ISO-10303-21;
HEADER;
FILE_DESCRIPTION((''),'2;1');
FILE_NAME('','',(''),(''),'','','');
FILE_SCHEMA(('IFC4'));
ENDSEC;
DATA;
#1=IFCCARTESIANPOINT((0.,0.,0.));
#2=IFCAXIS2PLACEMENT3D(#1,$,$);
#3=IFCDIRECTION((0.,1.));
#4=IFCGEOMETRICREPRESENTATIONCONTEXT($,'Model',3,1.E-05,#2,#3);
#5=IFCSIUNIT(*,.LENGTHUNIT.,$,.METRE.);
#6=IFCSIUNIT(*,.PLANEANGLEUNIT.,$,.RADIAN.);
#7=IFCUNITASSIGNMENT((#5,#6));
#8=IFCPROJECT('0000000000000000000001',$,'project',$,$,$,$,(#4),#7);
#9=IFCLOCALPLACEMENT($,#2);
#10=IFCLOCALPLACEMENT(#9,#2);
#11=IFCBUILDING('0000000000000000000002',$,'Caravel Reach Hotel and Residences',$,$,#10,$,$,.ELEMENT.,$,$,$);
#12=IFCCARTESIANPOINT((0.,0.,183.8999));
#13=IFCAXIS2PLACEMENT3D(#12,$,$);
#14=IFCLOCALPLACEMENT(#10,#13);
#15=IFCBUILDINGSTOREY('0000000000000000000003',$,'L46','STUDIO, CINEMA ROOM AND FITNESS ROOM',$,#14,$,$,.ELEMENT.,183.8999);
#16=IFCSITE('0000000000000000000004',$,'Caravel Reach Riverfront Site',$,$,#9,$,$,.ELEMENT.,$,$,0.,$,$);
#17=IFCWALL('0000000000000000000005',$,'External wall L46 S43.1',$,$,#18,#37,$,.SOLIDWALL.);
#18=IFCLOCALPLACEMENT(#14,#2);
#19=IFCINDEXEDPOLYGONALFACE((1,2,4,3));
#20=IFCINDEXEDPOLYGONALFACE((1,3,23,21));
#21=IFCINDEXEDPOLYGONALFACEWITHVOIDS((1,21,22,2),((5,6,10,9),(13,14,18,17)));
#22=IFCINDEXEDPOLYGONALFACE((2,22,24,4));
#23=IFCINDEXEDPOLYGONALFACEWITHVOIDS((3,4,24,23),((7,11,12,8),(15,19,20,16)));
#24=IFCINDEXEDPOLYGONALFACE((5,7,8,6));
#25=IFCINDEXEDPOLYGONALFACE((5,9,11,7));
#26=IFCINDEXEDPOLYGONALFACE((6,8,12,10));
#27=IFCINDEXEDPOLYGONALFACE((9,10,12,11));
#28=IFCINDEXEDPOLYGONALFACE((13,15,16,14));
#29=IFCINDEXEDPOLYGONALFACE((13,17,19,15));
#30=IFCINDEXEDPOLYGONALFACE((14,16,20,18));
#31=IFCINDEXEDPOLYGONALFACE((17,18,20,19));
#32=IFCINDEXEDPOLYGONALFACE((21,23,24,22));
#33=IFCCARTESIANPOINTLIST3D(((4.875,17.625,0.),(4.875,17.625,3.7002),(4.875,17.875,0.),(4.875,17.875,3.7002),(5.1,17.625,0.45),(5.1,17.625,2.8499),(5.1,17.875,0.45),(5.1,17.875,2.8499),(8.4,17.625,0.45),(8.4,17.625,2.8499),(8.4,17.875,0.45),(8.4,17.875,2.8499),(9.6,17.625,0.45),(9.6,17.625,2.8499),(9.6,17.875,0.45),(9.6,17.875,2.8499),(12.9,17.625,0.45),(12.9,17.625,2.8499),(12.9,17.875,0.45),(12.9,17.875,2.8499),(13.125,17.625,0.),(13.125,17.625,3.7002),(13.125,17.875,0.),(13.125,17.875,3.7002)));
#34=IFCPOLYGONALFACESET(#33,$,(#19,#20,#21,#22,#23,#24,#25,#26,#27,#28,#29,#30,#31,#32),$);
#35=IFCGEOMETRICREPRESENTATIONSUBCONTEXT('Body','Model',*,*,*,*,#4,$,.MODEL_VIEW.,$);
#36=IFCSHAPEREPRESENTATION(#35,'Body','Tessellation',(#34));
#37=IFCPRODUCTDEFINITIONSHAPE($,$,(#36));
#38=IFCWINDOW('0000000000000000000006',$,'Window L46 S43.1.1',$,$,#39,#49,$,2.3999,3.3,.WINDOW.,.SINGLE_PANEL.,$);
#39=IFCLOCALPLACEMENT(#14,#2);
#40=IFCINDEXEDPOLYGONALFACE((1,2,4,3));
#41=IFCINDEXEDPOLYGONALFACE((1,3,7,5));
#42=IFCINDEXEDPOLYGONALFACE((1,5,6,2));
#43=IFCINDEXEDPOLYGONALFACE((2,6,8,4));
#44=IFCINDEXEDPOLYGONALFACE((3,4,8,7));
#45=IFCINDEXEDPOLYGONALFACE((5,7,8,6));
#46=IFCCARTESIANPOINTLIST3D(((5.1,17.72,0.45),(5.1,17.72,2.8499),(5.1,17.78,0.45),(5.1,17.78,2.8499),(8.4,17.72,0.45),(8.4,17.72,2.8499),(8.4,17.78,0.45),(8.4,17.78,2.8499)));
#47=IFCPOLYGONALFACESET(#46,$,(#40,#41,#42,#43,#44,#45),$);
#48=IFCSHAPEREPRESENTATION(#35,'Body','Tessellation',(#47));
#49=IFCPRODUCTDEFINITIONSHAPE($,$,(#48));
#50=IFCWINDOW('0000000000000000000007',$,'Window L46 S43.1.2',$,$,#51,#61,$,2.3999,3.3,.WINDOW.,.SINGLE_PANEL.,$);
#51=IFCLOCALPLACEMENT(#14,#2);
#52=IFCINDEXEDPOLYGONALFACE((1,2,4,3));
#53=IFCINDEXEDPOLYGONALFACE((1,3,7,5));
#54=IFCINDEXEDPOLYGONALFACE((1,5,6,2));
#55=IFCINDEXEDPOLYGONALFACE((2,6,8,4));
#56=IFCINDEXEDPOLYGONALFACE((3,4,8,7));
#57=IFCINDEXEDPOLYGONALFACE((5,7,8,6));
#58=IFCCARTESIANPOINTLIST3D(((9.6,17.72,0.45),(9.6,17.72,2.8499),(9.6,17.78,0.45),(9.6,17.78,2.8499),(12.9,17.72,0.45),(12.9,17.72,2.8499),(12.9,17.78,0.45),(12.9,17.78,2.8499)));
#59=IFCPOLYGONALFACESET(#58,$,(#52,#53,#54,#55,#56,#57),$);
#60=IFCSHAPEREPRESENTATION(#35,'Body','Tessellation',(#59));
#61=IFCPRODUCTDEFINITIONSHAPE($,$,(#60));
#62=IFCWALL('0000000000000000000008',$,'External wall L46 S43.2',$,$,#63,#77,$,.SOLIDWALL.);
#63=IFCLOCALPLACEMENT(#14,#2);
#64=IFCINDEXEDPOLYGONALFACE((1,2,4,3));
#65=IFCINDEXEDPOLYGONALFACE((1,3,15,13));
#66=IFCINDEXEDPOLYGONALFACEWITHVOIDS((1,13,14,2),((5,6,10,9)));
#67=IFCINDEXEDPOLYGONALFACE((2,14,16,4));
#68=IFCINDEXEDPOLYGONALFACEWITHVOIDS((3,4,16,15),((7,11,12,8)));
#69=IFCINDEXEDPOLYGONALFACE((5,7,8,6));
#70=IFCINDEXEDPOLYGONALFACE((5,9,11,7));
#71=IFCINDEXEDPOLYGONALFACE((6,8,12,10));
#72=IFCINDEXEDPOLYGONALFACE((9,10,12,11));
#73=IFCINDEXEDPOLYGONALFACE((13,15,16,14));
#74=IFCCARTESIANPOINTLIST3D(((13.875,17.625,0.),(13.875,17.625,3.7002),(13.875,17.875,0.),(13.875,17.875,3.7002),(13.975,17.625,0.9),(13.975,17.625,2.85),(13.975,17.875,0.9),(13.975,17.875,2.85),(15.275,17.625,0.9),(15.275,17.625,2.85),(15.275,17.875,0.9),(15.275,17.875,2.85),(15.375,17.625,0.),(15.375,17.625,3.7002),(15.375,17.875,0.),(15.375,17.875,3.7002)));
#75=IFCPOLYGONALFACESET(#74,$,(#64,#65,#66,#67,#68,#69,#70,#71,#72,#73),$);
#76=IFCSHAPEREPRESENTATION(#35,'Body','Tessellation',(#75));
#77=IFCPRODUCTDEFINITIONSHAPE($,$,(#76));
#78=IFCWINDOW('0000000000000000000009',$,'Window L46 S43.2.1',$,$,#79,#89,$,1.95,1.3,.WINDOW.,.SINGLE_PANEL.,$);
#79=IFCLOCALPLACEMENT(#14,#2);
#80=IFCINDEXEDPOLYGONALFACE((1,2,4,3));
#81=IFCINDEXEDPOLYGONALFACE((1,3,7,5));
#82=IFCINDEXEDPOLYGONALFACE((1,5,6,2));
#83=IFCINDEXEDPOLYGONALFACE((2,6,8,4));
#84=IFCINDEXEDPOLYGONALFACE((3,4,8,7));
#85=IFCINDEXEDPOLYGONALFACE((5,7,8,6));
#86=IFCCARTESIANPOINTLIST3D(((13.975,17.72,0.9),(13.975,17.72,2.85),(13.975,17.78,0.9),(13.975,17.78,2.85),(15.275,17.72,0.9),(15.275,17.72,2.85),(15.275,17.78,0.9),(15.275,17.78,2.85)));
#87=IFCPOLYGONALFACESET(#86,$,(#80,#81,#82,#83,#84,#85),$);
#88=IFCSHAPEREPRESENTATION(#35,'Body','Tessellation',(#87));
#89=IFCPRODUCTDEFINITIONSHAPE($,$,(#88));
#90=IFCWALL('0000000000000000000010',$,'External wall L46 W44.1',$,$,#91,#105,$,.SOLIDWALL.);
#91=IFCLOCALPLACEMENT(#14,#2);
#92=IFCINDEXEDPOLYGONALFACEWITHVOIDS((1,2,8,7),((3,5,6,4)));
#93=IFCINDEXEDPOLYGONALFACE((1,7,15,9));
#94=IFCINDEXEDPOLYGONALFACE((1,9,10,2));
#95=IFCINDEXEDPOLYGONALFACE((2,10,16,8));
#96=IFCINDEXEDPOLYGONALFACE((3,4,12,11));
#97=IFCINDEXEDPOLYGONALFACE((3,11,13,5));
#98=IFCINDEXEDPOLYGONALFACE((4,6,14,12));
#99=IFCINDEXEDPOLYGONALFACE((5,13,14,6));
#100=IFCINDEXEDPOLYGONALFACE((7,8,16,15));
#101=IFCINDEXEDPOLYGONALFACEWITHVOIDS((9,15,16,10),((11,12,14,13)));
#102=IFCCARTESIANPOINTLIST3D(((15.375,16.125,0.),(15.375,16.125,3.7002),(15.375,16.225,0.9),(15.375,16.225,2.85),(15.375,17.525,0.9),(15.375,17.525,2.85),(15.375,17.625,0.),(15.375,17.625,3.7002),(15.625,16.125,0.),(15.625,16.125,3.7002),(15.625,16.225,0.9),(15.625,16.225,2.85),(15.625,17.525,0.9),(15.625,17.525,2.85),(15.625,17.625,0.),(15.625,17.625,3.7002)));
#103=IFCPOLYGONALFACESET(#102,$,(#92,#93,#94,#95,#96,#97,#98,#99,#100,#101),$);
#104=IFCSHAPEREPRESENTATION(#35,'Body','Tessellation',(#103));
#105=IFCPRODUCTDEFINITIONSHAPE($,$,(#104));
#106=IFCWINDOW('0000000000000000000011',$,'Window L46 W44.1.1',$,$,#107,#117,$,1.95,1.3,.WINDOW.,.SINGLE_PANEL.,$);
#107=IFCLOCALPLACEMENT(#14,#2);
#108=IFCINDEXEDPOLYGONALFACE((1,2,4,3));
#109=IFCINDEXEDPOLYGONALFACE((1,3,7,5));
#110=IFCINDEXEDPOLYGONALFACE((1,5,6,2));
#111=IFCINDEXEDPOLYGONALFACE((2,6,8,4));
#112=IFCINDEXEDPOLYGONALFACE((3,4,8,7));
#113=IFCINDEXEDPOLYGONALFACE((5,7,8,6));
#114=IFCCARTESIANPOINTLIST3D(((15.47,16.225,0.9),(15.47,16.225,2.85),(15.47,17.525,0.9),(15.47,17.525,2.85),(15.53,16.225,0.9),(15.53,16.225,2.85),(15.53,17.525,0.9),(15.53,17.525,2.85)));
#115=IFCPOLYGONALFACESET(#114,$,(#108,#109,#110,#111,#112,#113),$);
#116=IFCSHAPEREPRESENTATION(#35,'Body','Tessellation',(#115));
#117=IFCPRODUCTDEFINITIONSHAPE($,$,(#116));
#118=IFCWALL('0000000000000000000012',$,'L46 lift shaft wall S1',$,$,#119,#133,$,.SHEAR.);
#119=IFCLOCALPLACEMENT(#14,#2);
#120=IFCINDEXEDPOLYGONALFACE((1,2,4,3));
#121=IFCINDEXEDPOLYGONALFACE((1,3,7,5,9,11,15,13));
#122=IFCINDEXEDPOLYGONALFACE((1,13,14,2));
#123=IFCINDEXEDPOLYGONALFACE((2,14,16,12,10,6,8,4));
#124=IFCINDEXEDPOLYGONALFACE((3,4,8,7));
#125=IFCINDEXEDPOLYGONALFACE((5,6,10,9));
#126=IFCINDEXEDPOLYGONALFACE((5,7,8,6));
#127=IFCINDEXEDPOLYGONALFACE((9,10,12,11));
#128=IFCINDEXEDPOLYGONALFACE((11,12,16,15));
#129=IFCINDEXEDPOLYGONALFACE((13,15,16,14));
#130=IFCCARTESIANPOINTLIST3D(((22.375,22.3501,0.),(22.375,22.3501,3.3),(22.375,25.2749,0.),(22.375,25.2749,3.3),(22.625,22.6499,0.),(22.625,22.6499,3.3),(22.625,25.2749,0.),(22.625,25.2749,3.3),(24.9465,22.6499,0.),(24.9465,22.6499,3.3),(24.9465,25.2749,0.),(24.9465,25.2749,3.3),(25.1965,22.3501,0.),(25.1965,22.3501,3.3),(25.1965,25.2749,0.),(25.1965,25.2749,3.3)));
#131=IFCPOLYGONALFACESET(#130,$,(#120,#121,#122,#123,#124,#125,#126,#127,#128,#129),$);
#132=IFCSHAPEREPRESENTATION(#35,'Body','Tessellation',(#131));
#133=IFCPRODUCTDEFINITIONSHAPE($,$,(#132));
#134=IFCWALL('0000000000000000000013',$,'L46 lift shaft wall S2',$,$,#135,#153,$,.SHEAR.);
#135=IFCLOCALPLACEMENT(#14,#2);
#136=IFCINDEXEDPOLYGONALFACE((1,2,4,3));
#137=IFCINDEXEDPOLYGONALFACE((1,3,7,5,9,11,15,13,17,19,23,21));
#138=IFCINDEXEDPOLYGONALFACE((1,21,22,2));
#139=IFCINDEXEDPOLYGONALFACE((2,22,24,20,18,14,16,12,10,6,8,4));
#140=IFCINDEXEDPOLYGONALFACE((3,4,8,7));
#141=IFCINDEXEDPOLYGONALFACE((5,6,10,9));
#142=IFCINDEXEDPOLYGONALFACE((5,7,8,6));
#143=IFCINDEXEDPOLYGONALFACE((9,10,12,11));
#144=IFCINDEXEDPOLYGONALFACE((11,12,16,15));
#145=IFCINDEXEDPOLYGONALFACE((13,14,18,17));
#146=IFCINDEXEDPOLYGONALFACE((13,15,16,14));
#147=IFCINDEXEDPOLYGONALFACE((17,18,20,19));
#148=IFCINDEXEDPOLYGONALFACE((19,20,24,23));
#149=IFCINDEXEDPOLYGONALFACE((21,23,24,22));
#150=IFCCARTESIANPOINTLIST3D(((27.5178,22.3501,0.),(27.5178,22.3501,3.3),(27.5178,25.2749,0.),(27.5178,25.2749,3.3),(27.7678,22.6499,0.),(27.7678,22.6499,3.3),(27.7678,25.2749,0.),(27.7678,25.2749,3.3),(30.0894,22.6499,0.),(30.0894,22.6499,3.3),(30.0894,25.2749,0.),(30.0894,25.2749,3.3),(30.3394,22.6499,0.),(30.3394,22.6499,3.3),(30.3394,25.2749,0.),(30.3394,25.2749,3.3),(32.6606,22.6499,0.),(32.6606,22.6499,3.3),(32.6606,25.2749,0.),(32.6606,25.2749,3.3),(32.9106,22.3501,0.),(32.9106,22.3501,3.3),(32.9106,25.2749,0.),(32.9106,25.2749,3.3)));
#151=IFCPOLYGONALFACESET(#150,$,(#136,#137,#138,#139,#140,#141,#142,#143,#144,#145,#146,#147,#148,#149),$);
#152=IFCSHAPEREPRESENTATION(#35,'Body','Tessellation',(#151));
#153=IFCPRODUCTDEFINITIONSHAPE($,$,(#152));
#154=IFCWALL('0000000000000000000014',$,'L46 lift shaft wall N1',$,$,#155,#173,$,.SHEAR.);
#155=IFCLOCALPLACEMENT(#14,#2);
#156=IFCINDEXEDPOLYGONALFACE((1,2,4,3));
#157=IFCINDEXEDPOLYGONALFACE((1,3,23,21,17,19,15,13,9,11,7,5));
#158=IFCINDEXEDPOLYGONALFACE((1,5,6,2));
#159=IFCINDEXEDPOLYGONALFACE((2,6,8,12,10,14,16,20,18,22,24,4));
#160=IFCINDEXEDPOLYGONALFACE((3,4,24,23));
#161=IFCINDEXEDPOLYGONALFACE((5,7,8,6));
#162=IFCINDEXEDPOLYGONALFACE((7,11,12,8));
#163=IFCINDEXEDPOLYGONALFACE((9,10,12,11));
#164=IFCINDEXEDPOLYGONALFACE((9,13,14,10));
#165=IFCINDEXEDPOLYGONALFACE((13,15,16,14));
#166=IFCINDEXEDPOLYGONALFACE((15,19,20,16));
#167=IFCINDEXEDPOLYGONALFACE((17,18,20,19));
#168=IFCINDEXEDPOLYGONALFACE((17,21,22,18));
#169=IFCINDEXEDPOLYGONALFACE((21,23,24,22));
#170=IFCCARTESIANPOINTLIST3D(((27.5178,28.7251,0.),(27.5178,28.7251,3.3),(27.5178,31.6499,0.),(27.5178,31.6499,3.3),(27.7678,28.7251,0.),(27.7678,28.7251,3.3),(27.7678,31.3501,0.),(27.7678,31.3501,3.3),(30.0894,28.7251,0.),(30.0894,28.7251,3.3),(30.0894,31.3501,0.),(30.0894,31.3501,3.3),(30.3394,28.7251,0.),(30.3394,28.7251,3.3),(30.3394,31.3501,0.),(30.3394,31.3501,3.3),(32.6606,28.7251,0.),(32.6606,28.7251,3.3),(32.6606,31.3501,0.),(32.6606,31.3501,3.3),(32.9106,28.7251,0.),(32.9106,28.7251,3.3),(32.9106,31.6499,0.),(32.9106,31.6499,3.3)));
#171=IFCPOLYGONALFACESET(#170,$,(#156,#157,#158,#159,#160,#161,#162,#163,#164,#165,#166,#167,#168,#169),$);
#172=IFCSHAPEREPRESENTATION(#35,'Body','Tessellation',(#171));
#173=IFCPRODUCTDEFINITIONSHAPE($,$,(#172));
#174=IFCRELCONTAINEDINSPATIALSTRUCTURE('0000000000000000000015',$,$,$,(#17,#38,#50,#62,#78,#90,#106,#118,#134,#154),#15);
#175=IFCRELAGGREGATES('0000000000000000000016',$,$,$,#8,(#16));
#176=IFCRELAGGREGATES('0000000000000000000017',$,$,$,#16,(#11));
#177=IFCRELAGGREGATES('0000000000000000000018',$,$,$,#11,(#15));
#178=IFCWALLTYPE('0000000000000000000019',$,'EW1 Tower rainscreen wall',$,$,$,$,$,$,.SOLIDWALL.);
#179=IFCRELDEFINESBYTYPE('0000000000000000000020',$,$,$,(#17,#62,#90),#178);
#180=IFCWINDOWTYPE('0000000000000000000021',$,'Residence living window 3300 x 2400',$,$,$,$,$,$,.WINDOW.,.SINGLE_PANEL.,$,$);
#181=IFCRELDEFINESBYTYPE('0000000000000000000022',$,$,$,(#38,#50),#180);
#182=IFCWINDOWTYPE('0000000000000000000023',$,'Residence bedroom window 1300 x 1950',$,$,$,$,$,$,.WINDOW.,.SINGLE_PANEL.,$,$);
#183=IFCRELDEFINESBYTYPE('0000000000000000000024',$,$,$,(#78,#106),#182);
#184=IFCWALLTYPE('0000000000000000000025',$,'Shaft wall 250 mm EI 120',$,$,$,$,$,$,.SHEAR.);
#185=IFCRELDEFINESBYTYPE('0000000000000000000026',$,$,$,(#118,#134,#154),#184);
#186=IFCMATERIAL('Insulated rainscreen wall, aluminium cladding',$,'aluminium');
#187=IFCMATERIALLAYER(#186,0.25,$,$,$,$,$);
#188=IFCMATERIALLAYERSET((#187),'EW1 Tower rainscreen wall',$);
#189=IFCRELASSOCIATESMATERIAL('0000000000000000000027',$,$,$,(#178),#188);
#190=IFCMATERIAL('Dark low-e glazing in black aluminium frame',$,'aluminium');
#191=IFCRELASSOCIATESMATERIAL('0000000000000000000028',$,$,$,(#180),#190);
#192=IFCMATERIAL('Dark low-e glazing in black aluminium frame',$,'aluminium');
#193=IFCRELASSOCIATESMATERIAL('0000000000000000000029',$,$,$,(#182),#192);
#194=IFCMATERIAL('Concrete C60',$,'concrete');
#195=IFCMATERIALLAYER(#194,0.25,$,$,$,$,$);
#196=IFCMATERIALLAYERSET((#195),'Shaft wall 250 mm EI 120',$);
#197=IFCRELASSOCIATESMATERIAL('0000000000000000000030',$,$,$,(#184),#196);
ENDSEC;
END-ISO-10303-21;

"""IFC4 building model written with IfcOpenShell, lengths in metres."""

from ifc_helpers import new_model, si_unit, direction, frame, frame_2d, origin, place, context, subcontext, project, spatial, polyline, rectangle, outline, extrude, material, layer, layer_set, type_object, element, fill, save


model = new_model("IFC4")

# Units and contexts
model_context = context("Model", 3, precision=1e-05, world=origin(), true_north=direction((0.0, 1.0)))
body_context = subcontext(model_context, "Body", "Model", "MODEL_VIEW")
ifc_project = project(units=[si_unit("LENGTHUNIT", "METRE"), si_unit("PLANEANGLEUNIT", "RADIAN")], contexts=[model_context])

# Site, building, storey
site_placement = place(None, origin())
site = spatial("IfcSite", under=ifc_project, at=site_placement, Name="Caravel Reach Riverfront Site", CompositionType="ELEMENT", RefElevation=0.0)
building_placement = place(site_placement, origin())
building = spatial("IfcBuilding", under=site, at=building_placement, Name="Caravel Reach Hotel and Residences", CompositionType="ELEMENT")
storey_placement = place(building_placement, frame((0.0, 0.0, 183.8999)))
storey = spatial("IfcBuildingStorey", under=building, at=storey_placement, Name="L46", Description="STUDIO, CINEMA ROOM AND FITNESS ROOM", CompositionType="ELEMENT", Elevation=183.8999)

# Wall, openings, windows
ifc_material_1 = material(Name="Insulated rainscreen wall, aluminium cladding", Category="aluminium")
ifc_layer_1 = layer(ifc_material_1, 0.25)
ifc_layer_set_1 = layer_set([ifc_layer_1], Name="EW1 Tower rainscreen wall")
wall_type_1 = type_object("IfcWallType", Name="EW1 Tower rainscreen wall", PredefinedType="SOLIDWALL", material=ifc_layer_set_1)
wall_1_placement = place(storey_placement, frame((4.875, 17.75, 0.0), z_axis=(0.0, 0.0, 1.0), x_axis=(1.0, 0.0, 0.0)))
wall_1 = element("IfcWall", 1, at=wall_1_placement, inside=storey, type_object=wall_type_1, Name="External wall L46 S43.1", PredefinedType="SOLIDWALL", context=body_context, shape_type="SweptSolid", body=[
    extrude(rectangle(XDim=8.25, YDim=0.25, at=frame_2d((4.125, 0.0))), origin(), (0.0, 0.0, 1.0), 3.7002),
])
opening_1_placement = place(wall_1_placement, frame((0.2251, 0.0, 0.45)))
opening_1 = element("IfcOpeningElement", 2, at=opening_1_placement, cuts=wall_1, PredefinedType="OPENING", context=body_context, shape_type="SweptSolid", body=[
    extrude(rectangle(XDim=3.3, YDim=2.3999, at=frame_2d((1.6499, 1.2))), frame((0.0, 0.135, 0.0), z_axis=(0.0, -1.0, 0.0), x_axis=(1.0, 0.0, 0.0)), (0.0, 0.0, 1.0), 0.27),
])
opening_2_placement = place(wall_1_placement, frame((4.7251, 0.0, 0.45)))
opening_2 = element("IfcOpeningElement", 3, at=opening_2_placement, cuts=wall_1, PredefinedType="OPENING", context=body_context, shape_type="SweptSolid", body=[
    extrude(rectangle(XDim=3.3, YDim=2.3999, at=frame_2d((1.6499, 1.2))), frame((0.0, 0.135, 0.0), z_axis=(0.0, -1.0, 0.0), x_axis=(1.0, 0.0, 0.0)), (0.0, 0.0, 1.0), 0.27),
])
ifc_material_2 = material(Name="Dark low-e glazing in black aluminium frame", Category="aluminium")
window_type_1 = type_object("IfcWindowType", Name="Residence living window 3300 x 2400", PartitioningType="SINGLE_PANEL", PredefinedType="WINDOW", material=ifc_material_2)
window_1_placement = place(opening_1_placement, origin())
window_1 = element("IfcWindow", 4, at=window_1_placement, inside=storey, type_object=window_type_1, Name="Window L46 S43.1.1", OverallHeight=2.3999, OverallWidth=3.3, PartitioningType="SINGLE_PANEL", PredefinedType="WINDOW", context=body_context, shape_type="SweptSolid", body=[
    extrude(rectangle(XDim=3.3, YDim=2.3999, at=frame_2d((1.6499, 1.2))), frame((0.0, 0.03, 0.0), z_axis=(0.0, -1.0, 0.0), x_axis=(1.0, 0.0, 0.0)), (0.0, 0.0, 1.0), 0.0601),
])
fill(opening_1, window_1)
window_2_placement = place(opening_2_placement, origin())
window_2 = element("IfcWindow", 5, at=window_2_placement, inside=storey, type_object=window_type_1, Name="Window L46 S43.1.2", OverallHeight=2.3999, OverallWidth=3.3, PartitioningType="SINGLE_PANEL", PredefinedType="WINDOW", context=body_context, shape_type="SweptSolid", body=[
    extrude(rectangle(XDim=3.3, YDim=2.3999, at=frame_2d((1.6499, 1.2))), frame((0.0, 0.03, 0.0), z_axis=(0.0, -1.0, 0.0), x_axis=(1.0, 0.0, 0.0)), (0.0, 0.0, 1.0), 0.0601),
])
fill(opening_2, window_2)

# Walls, openings, windows
wall_2_placement = place(storey_placement, frame((13.875, 17.75, 0.0), z_axis=(0.0, 0.0, 1.0), x_axis=(1.0, 0.0, 0.0)))
wall_2 = element("IfcWall", 6, at=wall_2_placement, inside=storey, type_object=wall_type_1, Name="External wall L46 S43.2", PredefinedType="SOLIDWALL", context=body_context, shape_type="SweptSolid", body=[
    extrude(rectangle(XDim=1.5, YDim=0.25, at=frame_2d((0.75, 0.0))), origin(), (0.0, 0.0, 1.0), 3.7002),
])
opening_3_placement = place(wall_2_placement, frame((0.1001, 0.0, 0.8999)))
opening_3 = element("IfcOpeningElement", 7, at=opening_3_placement, cuts=wall_2, PredefinedType="OPENING", context=body_context, shape_type="SweptSolid", body=[
    extrude(rectangle(XDim=1.3, YDim=1.95, at=frame_2d((0.6499, 0.9751))), frame((0.0, 0.135, 0.0), z_axis=(0.0, -1.0, 0.0), x_axis=(1.0, 0.0, 0.0)), (0.0, 0.0, 1.0), 0.27),
])
ifc_material_3 = material(Name="Dark low-e glazing in black aluminium frame", Category="aluminium")
window_type_2 = type_object("IfcWindowType", Name="Residence bedroom window 1300 x 1950", PartitioningType="SINGLE_PANEL", PredefinedType="WINDOW", material=ifc_material_3)
window_3_placement = place(opening_3_placement, origin())
window_3 = element("IfcWindow", 8, at=window_3_placement, inside=storey, type_object=window_type_2, Name="Window L46 S43.2.1", OverallHeight=1.95, OverallWidth=1.3, PartitioningType="SINGLE_PANEL", PredefinedType="WINDOW", context=body_context, shape_type="SweptSolid", body=[
    extrude(rectangle(XDim=1.3, YDim=1.95, at=frame_2d((0.6499, 0.9751))), frame((0.0, 0.03, 0.0), z_axis=(0.0, -1.0, 0.0), x_axis=(1.0, 0.0, 0.0)), (0.0, 0.0, 1.0), 0.0601),
])
fill(opening_3, window_3)
wall_3_placement = place(storey_placement, frame((15.5, 17.625, 0.0), z_axis=(0.0, 0.0, 1.0), x_axis=(0.0, -1.0, 0.0)))
wall_3 = element("IfcWall", 9, at=wall_3_placement, inside=storey, type_object=wall_type_1, Name="External wall L46 W44.1", PredefinedType="SOLIDWALL", context=body_context, shape_type="SweptSolid", body=[
    extrude(rectangle(XDim=1.5, YDim=0.25, at=frame_2d((0.75, 0.0))), origin(), (0.0, 0.0, 1.0), 3.7002),
])
opening_4_placement = place(wall_3_placement, frame((0.1001, 0.0, 0.8999)))
opening_4 = element("IfcOpeningElement", 10, at=opening_4_placement, cuts=wall_3, PredefinedType="OPENING", context=body_context, shape_type="SweptSolid", body=[
    extrude(rectangle(XDim=1.3, YDim=1.95, at=frame_2d((0.6499, 0.9751))), frame((0.0, 0.135, 0.0), z_axis=(0.0, -1.0, 0.0), x_axis=(1.0, 0.0, 0.0)), (0.0, 0.0, 1.0), 0.27),
])
window_4_placement = place(opening_4_placement, origin())
window_4 = element("IfcWindow", 11, at=window_4_placement, inside=storey, type_object=window_type_2, Name="Window L46 W44.1.1", OverallHeight=1.95, OverallWidth=1.3, PartitioningType="SINGLE_PANEL", PredefinedType="WINDOW", context=body_context, shape_type="SweptSolid", body=[
    extrude(rectangle(XDim=1.3, YDim=1.95, at=frame_2d((0.6499, 0.9751))), frame((0.0, 0.03, 0.0), z_axis=(0.0, -1.0, 0.0), x_axis=(1.0, 0.0, 0.0)), (0.0, 0.0, 1.0), 0.0601),
])
fill(opening_4, window_4)

# Walls
ifc_material_4 = material(Name="Concrete C60", Category="concrete")
ifc_layer_2 = layer(ifc_material_4, 0.25)
ifc_layer_set_2 = layer_set([ifc_layer_2], Name="Shaft wall 250 mm EI 120")
wall_type_2 = type_object("IfcWallType", Name="Shaft wall 250 mm EI 120", PredefinedType="SHEAR", material=ifc_layer_set_2)
wall_4_placement = place(storey_placement, origin())
element("IfcWall", 12, at=wall_4_placement, inside=storey, type_object=wall_type_2, Name="L46 lift shaft wall S1", PredefinedType="SHEAR", context=body_context, shape_type="SweptSolid", body=[
    extrude(outline(polyline([(22.375, 22.3501), (25.1965, 22.3501), (25.1965, 25.2749), (24.9465, 25.2749), (24.9465, 22.6499), (22.625, 22.6499), (22.625, 25.2749), (22.375, 25.2749), (22.375, 22.3501)])), origin(), (0.0, 0.0, 1.0), 3.3),
])
wall_5_placement = place(storey_placement, origin())
element("IfcWall", 13, at=wall_5_placement, inside=storey, type_object=wall_type_2, Name="L46 lift shaft wall S2", PredefinedType="SHEAR", context=body_context, shape_type="SweptSolid", body=[
    extrude(outline(polyline([(27.5178, 22.3501), (32.9106, 22.3501), (32.9106, 25.2749), (32.6606, 25.2749), (32.6606, 22.6499), (30.3394, 22.6499), (30.3394, 25.2749), (30.0894, 25.2749), (30.0894, 22.6499), (27.7678, 22.6499), (27.7678, 25.2749), (27.5178, 25.2749), (27.5178, 22.3501)])), origin(), (0.0, 0.0, 1.0), 3.3),
])
wall_6_placement = place(storey_placement, origin())
element("IfcWall", 14, at=wall_6_placement, inside=storey, type_object=wall_type_2, Name="L46 lift shaft wall N1", PredefinedType="SHEAR", context=body_context, shape_type="SweptSolid", body=[
    extrude(outline(polyline([(27.5178, 28.7251), (27.7678, 28.7251), (27.7678, 31.3501), (30.0894, 31.3501), (30.0894, 28.7251), (30.3394, 28.7251), (30.3394, 31.3501), (32.6606, 31.3501), (32.6606, 28.7251), (32.9106, 28.7251), (32.9106, 31.6499), (27.5178, 31.6499), (27.5178, 28.7251)])), origin(), (0.0, 0.0, 1.0), 3.3),
])

save(model, "model.ifc")
